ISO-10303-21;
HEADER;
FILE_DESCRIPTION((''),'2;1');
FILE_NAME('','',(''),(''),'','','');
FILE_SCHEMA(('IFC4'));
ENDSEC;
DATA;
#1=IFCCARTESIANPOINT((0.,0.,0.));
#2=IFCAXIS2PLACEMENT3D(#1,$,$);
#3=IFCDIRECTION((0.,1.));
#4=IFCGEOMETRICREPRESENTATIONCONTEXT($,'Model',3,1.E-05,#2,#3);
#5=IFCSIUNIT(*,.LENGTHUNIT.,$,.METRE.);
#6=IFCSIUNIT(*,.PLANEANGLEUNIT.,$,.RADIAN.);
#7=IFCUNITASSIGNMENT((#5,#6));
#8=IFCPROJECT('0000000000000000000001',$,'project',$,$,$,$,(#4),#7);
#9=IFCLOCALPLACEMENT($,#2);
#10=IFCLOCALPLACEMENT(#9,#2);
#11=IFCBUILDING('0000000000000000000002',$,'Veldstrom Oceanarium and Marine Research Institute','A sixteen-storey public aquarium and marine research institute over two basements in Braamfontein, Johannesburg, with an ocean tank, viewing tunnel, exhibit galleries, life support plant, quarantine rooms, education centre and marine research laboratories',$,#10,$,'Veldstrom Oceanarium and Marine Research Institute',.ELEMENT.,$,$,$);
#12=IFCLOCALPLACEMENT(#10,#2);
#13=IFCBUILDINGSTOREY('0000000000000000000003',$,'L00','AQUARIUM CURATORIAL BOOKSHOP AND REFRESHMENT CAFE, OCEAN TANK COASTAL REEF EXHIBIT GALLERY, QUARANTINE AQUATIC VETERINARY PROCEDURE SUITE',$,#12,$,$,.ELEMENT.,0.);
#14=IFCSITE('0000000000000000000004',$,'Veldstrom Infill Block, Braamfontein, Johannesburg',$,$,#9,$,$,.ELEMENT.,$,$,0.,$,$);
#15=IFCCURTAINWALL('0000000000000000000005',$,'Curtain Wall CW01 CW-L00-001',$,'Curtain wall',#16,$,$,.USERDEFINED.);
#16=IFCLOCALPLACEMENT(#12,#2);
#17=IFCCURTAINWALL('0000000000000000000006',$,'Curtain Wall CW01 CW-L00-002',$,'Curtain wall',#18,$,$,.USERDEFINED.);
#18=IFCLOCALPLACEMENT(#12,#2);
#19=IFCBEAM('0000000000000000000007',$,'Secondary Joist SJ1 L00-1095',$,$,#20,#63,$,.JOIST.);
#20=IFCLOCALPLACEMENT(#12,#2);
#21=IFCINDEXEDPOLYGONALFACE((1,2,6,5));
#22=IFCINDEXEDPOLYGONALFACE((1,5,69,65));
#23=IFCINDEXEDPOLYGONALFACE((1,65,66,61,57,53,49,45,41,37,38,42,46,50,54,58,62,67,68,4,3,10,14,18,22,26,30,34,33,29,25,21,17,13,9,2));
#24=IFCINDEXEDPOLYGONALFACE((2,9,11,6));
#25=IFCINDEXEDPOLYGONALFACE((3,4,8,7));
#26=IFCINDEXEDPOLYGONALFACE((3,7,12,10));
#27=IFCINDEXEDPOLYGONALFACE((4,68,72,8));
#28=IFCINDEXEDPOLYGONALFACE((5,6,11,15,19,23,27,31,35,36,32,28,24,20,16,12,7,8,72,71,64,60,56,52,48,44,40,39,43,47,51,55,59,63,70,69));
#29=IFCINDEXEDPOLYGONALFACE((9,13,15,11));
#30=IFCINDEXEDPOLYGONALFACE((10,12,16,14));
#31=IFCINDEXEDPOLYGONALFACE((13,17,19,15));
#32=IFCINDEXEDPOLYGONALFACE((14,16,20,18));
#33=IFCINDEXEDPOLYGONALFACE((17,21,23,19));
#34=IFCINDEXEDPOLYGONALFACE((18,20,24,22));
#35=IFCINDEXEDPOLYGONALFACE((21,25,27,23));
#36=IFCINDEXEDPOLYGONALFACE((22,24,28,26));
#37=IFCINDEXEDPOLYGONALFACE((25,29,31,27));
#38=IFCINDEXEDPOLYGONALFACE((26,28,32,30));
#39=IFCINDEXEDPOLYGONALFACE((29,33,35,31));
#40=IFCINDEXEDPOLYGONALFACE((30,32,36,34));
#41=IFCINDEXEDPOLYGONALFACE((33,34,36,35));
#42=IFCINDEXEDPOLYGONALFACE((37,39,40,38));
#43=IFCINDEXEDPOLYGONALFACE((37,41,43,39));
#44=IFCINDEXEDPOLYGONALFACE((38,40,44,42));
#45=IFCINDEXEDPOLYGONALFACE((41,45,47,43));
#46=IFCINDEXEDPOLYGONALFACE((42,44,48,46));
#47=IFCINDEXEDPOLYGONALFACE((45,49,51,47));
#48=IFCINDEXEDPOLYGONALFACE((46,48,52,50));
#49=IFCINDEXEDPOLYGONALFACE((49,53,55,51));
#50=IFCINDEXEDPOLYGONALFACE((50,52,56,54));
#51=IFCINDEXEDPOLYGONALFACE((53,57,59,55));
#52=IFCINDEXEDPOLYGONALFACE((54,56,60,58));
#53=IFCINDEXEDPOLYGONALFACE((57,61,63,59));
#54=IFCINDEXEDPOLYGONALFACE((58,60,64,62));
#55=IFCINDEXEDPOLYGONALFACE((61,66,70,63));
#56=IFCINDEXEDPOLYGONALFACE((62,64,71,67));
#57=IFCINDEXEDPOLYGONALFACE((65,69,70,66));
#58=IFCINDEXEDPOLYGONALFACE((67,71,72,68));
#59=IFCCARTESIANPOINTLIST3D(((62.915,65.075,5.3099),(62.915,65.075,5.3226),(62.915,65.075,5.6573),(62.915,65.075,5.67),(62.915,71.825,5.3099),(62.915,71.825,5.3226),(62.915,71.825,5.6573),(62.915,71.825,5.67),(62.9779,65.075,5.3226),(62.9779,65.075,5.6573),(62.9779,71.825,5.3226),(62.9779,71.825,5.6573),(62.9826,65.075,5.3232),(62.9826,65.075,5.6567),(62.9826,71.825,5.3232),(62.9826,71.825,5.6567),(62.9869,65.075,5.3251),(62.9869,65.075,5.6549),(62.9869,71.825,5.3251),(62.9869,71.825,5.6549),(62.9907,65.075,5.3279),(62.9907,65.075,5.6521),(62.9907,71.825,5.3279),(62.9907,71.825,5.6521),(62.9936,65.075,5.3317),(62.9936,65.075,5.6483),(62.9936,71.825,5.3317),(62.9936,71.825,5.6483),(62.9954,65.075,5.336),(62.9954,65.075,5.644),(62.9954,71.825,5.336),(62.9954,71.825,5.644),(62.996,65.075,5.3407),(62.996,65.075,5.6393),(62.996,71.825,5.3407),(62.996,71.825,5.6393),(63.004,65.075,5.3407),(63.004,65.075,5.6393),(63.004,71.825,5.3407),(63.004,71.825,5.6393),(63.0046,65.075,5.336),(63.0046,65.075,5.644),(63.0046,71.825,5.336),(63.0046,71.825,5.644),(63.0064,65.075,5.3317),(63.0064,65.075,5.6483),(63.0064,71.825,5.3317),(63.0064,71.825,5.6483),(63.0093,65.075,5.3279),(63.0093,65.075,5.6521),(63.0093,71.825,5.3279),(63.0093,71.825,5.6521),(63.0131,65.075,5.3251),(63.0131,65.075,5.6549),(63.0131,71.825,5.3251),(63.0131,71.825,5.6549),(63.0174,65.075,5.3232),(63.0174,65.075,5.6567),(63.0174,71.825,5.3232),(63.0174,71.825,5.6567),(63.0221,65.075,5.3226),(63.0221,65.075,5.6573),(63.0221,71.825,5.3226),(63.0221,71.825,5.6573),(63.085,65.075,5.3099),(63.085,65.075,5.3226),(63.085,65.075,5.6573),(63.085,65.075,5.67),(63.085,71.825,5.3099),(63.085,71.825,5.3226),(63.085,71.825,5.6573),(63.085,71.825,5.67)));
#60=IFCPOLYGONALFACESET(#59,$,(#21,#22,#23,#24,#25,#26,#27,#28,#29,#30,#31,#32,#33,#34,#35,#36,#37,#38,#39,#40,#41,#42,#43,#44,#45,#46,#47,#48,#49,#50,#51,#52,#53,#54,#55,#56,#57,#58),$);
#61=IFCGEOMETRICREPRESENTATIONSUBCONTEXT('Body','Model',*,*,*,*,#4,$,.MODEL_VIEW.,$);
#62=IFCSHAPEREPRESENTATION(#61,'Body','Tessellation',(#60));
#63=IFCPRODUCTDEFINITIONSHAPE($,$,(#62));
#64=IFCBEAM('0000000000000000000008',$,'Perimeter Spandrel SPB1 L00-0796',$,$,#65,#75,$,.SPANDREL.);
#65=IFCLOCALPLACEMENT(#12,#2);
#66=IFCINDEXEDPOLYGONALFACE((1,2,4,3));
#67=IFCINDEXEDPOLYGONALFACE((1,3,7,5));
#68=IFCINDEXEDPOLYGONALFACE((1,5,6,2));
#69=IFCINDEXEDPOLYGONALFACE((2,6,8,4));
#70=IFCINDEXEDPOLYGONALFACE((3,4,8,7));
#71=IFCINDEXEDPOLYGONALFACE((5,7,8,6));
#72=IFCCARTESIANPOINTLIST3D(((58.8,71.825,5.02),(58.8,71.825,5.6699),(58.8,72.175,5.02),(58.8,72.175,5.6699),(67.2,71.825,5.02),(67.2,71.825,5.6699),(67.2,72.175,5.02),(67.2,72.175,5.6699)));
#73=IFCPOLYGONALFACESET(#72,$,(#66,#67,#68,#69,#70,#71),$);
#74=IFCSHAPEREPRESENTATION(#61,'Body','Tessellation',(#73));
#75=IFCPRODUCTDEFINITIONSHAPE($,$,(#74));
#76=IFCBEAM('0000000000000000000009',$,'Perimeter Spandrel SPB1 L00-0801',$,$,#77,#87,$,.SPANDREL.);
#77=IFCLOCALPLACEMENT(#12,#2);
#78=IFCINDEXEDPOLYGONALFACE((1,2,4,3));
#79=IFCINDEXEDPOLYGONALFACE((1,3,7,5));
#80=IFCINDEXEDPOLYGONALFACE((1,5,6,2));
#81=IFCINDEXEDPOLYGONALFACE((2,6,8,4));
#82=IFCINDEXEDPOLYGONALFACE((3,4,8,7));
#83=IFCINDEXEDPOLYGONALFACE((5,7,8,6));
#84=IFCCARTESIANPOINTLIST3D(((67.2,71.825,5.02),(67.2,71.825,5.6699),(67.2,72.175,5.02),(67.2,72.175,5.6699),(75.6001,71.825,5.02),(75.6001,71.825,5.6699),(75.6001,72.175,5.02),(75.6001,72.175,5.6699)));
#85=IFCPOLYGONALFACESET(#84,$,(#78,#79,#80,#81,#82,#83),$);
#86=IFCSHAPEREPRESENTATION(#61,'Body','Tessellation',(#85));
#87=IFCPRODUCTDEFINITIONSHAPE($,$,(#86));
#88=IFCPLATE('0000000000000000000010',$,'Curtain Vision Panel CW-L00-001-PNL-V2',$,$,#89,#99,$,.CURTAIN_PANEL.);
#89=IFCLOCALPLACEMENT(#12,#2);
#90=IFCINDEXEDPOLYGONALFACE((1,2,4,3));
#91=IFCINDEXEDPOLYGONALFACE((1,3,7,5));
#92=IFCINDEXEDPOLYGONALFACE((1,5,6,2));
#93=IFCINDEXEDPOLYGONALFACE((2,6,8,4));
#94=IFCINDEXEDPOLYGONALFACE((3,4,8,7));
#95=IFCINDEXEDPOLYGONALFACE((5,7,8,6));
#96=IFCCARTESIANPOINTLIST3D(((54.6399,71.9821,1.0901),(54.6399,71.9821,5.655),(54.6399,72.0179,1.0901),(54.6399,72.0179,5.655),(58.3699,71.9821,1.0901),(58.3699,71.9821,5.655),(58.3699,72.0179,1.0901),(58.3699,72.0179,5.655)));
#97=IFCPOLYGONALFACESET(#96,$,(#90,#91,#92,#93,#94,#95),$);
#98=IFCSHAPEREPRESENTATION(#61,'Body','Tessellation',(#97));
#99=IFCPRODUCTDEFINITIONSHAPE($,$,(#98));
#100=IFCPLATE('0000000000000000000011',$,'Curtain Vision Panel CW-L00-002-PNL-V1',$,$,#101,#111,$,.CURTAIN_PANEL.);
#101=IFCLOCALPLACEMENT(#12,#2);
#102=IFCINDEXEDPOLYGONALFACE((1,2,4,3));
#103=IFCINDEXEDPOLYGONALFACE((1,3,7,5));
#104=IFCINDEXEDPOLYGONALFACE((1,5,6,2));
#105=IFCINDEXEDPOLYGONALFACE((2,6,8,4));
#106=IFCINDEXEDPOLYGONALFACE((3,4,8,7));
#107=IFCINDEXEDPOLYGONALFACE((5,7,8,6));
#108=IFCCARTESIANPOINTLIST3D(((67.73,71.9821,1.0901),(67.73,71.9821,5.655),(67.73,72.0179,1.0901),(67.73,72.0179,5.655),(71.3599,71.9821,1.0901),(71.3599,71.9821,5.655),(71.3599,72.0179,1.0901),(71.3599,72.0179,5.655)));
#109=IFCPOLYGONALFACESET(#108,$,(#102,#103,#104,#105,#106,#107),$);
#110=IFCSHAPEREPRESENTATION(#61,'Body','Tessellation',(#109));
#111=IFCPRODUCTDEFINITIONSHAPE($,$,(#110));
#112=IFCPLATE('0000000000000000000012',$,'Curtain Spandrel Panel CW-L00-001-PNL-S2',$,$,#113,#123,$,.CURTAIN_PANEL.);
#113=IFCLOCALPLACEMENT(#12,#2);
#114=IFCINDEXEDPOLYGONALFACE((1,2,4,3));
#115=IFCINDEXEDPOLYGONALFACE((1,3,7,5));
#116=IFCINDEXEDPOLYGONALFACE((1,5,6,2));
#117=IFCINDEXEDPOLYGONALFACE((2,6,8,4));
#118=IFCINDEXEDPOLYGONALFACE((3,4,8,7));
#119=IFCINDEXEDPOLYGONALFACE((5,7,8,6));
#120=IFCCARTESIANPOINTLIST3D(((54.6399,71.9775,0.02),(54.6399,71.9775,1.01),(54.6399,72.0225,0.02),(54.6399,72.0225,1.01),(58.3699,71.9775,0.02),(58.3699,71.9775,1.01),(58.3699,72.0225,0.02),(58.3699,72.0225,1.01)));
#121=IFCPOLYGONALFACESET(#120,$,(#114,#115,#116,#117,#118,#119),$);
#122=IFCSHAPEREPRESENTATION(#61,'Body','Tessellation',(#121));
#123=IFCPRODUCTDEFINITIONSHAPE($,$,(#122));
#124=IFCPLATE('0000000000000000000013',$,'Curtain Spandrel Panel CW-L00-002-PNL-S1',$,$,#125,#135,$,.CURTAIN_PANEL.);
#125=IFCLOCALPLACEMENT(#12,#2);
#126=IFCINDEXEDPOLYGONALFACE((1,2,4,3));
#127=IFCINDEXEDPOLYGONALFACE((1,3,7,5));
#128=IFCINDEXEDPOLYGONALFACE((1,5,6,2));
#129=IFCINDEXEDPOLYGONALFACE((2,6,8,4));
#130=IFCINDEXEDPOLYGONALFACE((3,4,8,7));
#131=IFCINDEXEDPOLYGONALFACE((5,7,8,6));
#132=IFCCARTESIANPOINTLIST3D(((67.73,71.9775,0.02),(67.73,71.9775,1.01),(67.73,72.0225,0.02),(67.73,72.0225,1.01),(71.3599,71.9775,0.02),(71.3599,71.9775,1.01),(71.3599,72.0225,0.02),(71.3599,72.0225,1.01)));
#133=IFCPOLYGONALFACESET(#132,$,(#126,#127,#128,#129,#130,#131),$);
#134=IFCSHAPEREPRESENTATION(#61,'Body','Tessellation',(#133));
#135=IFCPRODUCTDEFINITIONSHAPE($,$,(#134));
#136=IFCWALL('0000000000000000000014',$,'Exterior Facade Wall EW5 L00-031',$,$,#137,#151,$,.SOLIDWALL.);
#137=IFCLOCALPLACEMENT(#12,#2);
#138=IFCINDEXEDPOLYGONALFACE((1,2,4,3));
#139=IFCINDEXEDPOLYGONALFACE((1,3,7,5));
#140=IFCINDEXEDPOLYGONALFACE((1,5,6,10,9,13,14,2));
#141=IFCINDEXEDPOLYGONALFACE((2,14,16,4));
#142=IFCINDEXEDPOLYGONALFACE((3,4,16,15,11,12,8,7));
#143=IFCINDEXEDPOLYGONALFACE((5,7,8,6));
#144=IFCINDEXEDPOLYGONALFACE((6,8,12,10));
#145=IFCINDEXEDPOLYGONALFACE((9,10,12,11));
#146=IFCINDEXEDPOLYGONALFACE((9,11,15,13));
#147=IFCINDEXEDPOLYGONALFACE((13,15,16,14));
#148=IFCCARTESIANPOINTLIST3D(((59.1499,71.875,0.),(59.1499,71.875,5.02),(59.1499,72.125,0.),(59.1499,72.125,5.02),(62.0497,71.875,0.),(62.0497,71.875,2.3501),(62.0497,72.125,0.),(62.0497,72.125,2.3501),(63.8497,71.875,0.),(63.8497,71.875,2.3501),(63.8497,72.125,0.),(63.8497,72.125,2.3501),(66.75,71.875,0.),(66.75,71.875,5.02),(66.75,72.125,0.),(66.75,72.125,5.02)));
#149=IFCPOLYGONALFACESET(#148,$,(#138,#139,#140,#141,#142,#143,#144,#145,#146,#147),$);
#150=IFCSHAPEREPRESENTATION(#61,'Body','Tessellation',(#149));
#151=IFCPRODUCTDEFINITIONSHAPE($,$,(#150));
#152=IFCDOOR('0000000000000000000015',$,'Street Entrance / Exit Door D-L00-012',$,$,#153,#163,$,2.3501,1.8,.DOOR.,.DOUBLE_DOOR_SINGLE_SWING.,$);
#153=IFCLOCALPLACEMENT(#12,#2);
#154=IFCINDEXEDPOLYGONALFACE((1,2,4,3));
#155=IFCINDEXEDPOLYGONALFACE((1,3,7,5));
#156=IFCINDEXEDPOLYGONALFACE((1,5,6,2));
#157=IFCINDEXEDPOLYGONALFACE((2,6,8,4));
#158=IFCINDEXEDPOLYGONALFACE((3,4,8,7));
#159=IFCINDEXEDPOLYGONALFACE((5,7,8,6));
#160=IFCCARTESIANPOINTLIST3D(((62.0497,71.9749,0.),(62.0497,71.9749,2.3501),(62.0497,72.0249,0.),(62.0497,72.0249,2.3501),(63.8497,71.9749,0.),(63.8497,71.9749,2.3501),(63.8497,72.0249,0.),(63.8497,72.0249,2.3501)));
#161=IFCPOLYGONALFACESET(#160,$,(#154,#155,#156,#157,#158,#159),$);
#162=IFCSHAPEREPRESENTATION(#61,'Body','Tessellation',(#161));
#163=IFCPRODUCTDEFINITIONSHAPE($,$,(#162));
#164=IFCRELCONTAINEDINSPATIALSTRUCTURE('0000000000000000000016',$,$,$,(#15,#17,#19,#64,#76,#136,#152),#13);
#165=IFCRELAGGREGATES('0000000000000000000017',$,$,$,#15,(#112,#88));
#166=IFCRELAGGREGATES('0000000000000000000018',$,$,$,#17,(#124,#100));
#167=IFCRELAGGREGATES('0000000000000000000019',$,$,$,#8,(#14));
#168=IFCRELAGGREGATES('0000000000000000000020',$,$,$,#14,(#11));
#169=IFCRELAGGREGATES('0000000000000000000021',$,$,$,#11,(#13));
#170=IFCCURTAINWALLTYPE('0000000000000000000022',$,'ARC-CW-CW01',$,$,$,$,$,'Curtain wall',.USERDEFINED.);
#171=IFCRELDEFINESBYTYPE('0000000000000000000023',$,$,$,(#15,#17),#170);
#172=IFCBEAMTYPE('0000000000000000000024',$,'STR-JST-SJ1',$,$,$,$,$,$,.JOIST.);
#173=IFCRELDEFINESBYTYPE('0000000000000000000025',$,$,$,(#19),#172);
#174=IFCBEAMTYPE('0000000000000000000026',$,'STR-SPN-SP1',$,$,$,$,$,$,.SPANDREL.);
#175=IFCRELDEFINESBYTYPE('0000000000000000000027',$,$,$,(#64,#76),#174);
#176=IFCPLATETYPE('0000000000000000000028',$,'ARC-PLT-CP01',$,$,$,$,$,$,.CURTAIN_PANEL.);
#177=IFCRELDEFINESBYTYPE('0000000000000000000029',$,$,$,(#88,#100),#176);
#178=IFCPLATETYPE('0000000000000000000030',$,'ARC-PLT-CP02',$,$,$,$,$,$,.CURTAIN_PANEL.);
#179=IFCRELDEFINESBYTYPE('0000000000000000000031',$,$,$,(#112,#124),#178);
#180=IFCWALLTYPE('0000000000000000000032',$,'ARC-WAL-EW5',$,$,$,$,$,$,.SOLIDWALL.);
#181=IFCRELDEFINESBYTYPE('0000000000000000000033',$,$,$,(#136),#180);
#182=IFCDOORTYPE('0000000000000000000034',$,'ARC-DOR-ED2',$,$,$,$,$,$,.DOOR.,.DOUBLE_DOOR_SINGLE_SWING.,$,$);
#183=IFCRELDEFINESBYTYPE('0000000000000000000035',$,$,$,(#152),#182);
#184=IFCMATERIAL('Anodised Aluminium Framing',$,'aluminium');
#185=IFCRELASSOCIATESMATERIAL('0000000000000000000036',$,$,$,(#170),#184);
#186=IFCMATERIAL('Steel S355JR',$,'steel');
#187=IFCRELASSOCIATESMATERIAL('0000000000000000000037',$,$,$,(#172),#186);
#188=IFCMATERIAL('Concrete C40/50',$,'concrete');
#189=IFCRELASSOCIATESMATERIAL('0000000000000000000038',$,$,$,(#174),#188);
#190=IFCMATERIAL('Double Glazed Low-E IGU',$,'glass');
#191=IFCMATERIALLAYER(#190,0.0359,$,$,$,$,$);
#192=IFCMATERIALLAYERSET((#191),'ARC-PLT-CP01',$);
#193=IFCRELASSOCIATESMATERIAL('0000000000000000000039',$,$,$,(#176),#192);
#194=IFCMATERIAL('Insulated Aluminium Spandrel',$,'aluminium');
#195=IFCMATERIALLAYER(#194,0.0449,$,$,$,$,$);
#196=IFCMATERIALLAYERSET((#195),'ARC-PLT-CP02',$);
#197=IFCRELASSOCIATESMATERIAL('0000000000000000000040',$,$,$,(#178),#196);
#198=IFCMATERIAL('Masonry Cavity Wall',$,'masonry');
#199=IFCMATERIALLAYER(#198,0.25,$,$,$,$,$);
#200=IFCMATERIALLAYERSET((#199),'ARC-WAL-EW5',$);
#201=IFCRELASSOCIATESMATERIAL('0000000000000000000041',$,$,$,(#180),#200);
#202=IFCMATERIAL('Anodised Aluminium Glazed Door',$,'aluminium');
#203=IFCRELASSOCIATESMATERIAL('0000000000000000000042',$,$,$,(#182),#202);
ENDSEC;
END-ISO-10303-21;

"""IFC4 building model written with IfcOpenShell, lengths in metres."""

from ifc_helpers import new_model, si_unit, direction, frame, frame_2d, origin, origin_2d, place, context, subcontext, project, spatial, rectangle, i_section, extrude, material, layer, layer_set, material_profile, profile_set, type_object, element, fill, aggregate, save


model = new_model("IFC4")

# Units and contexts
model_context = context("Model", 3, precision=1e-05, world=origin(), true_north=direction((0.0, 1.0)))
body_context = subcontext(model_context, "Body", "Model", "MODEL_VIEW")
ifc_project = project(units=[si_unit("LENGTHUNIT", "METRE"), si_unit("PLANEANGLEUNIT", "RADIAN")], contexts=[model_context])

# Site, building, storey
site_placement = place(None, origin())
site = spatial("IfcSite", under=ifc_project, at=site_placement, Name="Veldstrom Infill Block, Braamfontein, Johannesburg", CompositionType="ELEMENT", RefElevation=0.0)
building_placement = place(site_placement, origin())
building = spatial("IfcBuilding", under=site, at=building_placement, Name="Veldstrom Oceanarium and Marine Research Institute", Description="A sixteen-storey public aquarium and marine research institute over two basements in Braamfontein, Johannesburg, with an ocean tank, viewing tunnel, exhibit galleries, life support plant, quarantine rooms, education centre and marine research laboratories", LongName="Veldstrom Oceanarium and Marine Research Institute", CompositionType="ELEMENT")
storey_placement = place(building_placement, origin())
storey = spatial("IfcBuildingStorey", under=building, at=storey_placement, Name="L00", Description="AQUARIUM CURATORIAL BOOKSHOP AND REFRESHMENT CAFE, OCEAN TANK COASTAL REEF EXHIBIT GALLERY, QUARANTINE AQUATIC VETERINARY PROCEDURE SUITE", CompositionType="ELEMENT", Elevation=0.0)

# Curtain wall
ifc_material_1 = material(Name="Anodised Aluminium Framing", Category="aluminium")
curtain_wall_type = type_object("IfcCurtainWallType", Name="ARC-CW-CW01", ElementType="Curtain wall", PredefinedType="USERDEFINED", material=ifc_material_1)
curtain_wall_1_placement = place(storey_placement, origin())
curtain_wall_1 = element("IfcCurtainWall", 1, at=curtain_wall_1_placement, inside=storey, type_object=curtain_wall_type, Name="Curtain Wall CW01 CW-L00-001", ObjectType="Curtain wall", PredefinedType="USERDEFINED")

# Curtain wall
curtain_wall_2_placement = place(storey_placement, origin())
curtain_wall_2 = element("IfcCurtainWall", 2, at=curtain_wall_2_placement, inside=storey, type_object=curtain_wall_type, Name="Curtain Wall CW01 CW-L00-002", ObjectType="Curtain wall", PredefinedType="USERDEFINED")

# Beams
ifc_material_2 = material(Name="Steel S355JR", Category="steel")
ifc_material_profile_1 = material_profile(ifc_material_2, i_section(OverallWidth=0.1699, OverallDepth=0.3601, WebThickness=0.0081, FlangeThickness=0.0127, FilletRadius=0.0181, at=origin_2d()), Name="IPE 360")
ifc_profile_set_1 = profile_set([ifc_material_profile_1], Name="Steel S355JR")
beam_type_1 = type_object("IfcBeamType", Name="STR-JST-SJ1", PredefinedType="JOIST", material=ifc_profile_set_1)
beam_1_placement = place(storey_placement, frame((63.0, 65.075, 5.49), z_axis=(0.0, 1.0, 0.0), x_axis=(-1.0, 0.0, 0.0)))
element("IfcBeam", 3, at=beam_1_placement, inside=storey, type_object=beam_type_1, Name="Secondary Joist SJ1 L00-1095", PredefinedType="JOIST", context=body_context, shape_type="SweptSolid", body=[
    extrude(i_section(OverallWidth=0.1699, OverallDepth=0.3601, WebThickness=0.0081, FlangeThickness=0.0127, FilletRadius=0.0181, at=origin_2d()), origin(), (0.0, 0.0, 1.0), 6.75),
])
ifc_material_3 = material(Name="Concrete C40/50", Category="concrete")
ifc_material_profile_2 = material_profile(ifc_material_3, rectangle(XDim=0.3501, YDim=0.6499, at=origin_2d()), Name="RC-SPN-350x650")
ifc_profile_set_2 = profile_set([ifc_material_profile_2], Name="Concrete C40/50")
beam_type_2 = type_object("IfcBeamType", Name="STR-SPN-SP1", PredefinedType="SPANDREL", material=ifc_profile_set_2)
beam_2_placement = place(storey_placement, frame((58.8, 72.0, 5.345), z_axis=(1.0, 0.0, 0.0), x_axis=(0.0, 1.0, 0.0)))
element("IfcBeam", 4, at=beam_2_placement, inside=storey, type_object=beam_type_2, Name="Perimeter Spandrel SPB1 L00-0796", PredefinedType="SPANDREL", context=body_context, shape_type="SweptSolid", body=[
    extrude(rectangle(XDim=0.3501, YDim=0.6499, at=origin_2d()), origin(), (0.0, 0.0, 1.0), 8.3999),
])
beam_3_placement = place(storey_placement, frame((67.2, 72.0, 5.345), z_axis=(1.0, 0.0, 0.0), x_axis=(0.0, 1.0, 0.0)))
element("IfcBeam", 5, at=beam_3_placement, inside=storey, type_object=beam_type_2, Name="Perimeter Spandrel SPB1 L00-0801", PredefinedType="SPANDREL", context=body_context, shape_type="SweptSolid", body=[
    extrude(rectangle(XDim=0.3501, YDim=0.6499, at=origin_2d()), origin(), (0.0, 0.0, 1.0), 8.4001),
])

# Plates
ifc_material_4 = material(Name="Double Glazed Low-E IGU", Category="glass")
ifc_layer_1 = layer(ifc_material_4, 0.0359)
ifc_layer_set_1 = layer_set([ifc_layer_1], Name="ARC-PLT-CP01")
plate_type_1 = type_object("IfcPlateType", Name="ARC-PLT-CP01", PredefinedType="CURTAIN_PANEL", material=ifc_layer_set_1)
plate_1_placement = place(storey_placement, frame((56.5049, 72.0, 1.0901), z_axis=(0.0, 0.0, 1.0), x_axis=(1.0, 0.0, 0.0)))
plate_1 = element("IfcPlate", 6, at=plate_1_placement, type_object=plate_type_1, Name="Curtain Vision Panel CW-L00-001-PNL-V2", PredefinedType="CURTAIN_PANEL", context=body_context, shape_type="SweptSolid", body=[
    extrude(rectangle(XDim=3.73, YDim=0.0359, at=origin_2d()), origin(), (0.0, 0.0, 1.0), 4.5649),
])
plate_2_placement = place(storey_placement, frame((69.5449, 72.0, 1.0901), z_axis=(0.0, 0.0, 1.0), x_axis=(1.0, 0.0, 0.0)))
plate_2 = element("IfcPlate", 7, at=plate_2_placement, type_object=plate_type_1, Name="Curtain Vision Panel CW-L00-002-PNL-V1", PredefinedType="CURTAIN_PANEL", context=body_context, shape_type="SweptSolid", body=[
    extrude(rectangle(XDim=3.6299, YDim=0.0359, at=origin_2d()), origin(), (0.0, 0.0, 1.0), 4.5649),
])
ifc_material_5 = material(Name="Insulated Aluminium Spandrel", Category="aluminium")
ifc_layer_2 = layer(ifc_material_5, 0.0449)
ifc_layer_set_2 = layer_set([ifc_layer_2], Name="ARC-PLT-CP02")
plate_type_2 = type_object("IfcPlateType", Name="ARC-PLT-CP02", PredefinedType="CURTAIN_PANEL", material=ifc_layer_set_2)
plate_3_placement = place(storey_placement, frame((56.5049, 72.0, 0.02), z_axis=(0.0, 0.0, 1.0), x_axis=(1.0, 0.0, 0.0)))
plate_3 = element("IfcPlate", 8, at=plate_3_placement, type_object=plate_type_2, Name="Curtain Spandrel Panel CW-L00-001-PNL-S2", PredefinedType="CURTAIN_PANEL", context=body_context, shape_type="SweptSolid", body=[
    extrude(rectangle(XDim=3.73, YDim=0.0449, at=origin_2d()), origin(), (0.0, 0.0, 1.0), 0.99),
])
aggregate(curtain_wall_1, [plate_3, plate_1])
plate_4_placement = place(storey_placement, frame((69.5449, 72.0, 0.02), z_axis=(0.0, 0.0, 1.0), x_axis=(1.0, 0.0, 0.0)))
plate_4 = element("IfcPlate", 9, at=plate_4_placement, type_object=plate_type_2, Name="Curtain Spandrel Panel CW-L00-002-PNL-S1", PredefinedType="CURTAIN_PANEL", context=body_context, shape_type="SweptSolid", body=[
    extrude(rectangle(XDim=3.6299, YDim=0.0449, at=origin_2d()), origin(), (0.0, 0.0, 1.0), 0.99),
])
aggregate(curtain_wall_2, [plate_4, plate_2])

# Wall, opening, door
ifc_material_6 = material(Name="Masonry Cavity Wall", Category="masonry")
ifc_layer_3 = layer(ifc_material_6, 0.25)
ifc_layer_set_3 = layer_set([ifc_layer_3], Name="ARC-WAL-EW5")
wall_type_1 = type_object("IfcWallType", Name="ARC-WAL-EW5", PredefinedType="SOLIDWALL", material=ifc_layer_set_3)
wall_1_placement = place(storey_placement, frame((59.1499, 72.0, 0.0), z_axis=(0.0, 0.0, 1.0), x_axis=(1.0, 0.0, 0.0)))
wall_1 = element("IfcWall", 10, at=wall_1_placement, inside=storey, type_object=wall_type_1, Name="Exterior Facade Wall EW5 L00-031", PredefinedType="SOLIDWALL", context=body_context, shape_type="SweptSolid", body=[
    extrude(rectangle(XDim=7.6001, YDim=0.25, at=frame_2d((3.8, 0.0))), origin(), (0.0, 0.0, 1.0), 5.02),
])
opening_1_placement = place(wall_1_placement, frame((2.8999, 0.0, 0.0)))
opening_1 = element("IfcOpeningElement", 11, at=opening_1_placement, cuts=wall_1, PredefinedType="OPENING", context=body_context, shape_type="SweptSolid", body=[
    extrude(rectangle(XDim=1.8, YDim=2.3501, at=frame_2d((0.8999, 1.175))), frame((0.0, 0.135, 0.0), z_axis=(0.0, -1.0, 0.0), x_axis=(1.0, 0.0, 0.0)), (0.0, 0.0, 1.0), 0.27),
])
ifc_material_7 = material(Name="Anodised Aluminium Glazed Door", Category="aluminium")
door_type_1 = type_object("IfcDoorType", Name="ARC-DOR-ED2", OperationType="DOUBLE_DOOR_SINGLE_SWING", PredefinedType="DOOR", material=ifc_material_7)
door_1_placement = place(opening_1_placement, origin())
door_1 = element("IfcDoor", 12, at=door_1_placement, inside=storey, type_object=door_type_1, Name="Street Entrance / Exit Door D-L00-012", OperationType="DOUBLE_DOOR_SINGLE_SWING", OverallHeight=2.3501, OverallWidth=1.8, PredefinedType="DOOR", context=body_context, shape_type="SweptSolid", body=[
    extrude(rectangle(XDim=1.8, YDim=2.3501, at=frame_2d((0.8999, 1.175))), frame((0.0, 0.0249, 0.0), z_axis=(0.0, -1.0, 0.0), x_axis=(1.0, 0.0, 0.0)), (0.0, 0.0, 1.0), 0.05),
])
fill(opening_1, door_1)

save(model, "model.ifc")
